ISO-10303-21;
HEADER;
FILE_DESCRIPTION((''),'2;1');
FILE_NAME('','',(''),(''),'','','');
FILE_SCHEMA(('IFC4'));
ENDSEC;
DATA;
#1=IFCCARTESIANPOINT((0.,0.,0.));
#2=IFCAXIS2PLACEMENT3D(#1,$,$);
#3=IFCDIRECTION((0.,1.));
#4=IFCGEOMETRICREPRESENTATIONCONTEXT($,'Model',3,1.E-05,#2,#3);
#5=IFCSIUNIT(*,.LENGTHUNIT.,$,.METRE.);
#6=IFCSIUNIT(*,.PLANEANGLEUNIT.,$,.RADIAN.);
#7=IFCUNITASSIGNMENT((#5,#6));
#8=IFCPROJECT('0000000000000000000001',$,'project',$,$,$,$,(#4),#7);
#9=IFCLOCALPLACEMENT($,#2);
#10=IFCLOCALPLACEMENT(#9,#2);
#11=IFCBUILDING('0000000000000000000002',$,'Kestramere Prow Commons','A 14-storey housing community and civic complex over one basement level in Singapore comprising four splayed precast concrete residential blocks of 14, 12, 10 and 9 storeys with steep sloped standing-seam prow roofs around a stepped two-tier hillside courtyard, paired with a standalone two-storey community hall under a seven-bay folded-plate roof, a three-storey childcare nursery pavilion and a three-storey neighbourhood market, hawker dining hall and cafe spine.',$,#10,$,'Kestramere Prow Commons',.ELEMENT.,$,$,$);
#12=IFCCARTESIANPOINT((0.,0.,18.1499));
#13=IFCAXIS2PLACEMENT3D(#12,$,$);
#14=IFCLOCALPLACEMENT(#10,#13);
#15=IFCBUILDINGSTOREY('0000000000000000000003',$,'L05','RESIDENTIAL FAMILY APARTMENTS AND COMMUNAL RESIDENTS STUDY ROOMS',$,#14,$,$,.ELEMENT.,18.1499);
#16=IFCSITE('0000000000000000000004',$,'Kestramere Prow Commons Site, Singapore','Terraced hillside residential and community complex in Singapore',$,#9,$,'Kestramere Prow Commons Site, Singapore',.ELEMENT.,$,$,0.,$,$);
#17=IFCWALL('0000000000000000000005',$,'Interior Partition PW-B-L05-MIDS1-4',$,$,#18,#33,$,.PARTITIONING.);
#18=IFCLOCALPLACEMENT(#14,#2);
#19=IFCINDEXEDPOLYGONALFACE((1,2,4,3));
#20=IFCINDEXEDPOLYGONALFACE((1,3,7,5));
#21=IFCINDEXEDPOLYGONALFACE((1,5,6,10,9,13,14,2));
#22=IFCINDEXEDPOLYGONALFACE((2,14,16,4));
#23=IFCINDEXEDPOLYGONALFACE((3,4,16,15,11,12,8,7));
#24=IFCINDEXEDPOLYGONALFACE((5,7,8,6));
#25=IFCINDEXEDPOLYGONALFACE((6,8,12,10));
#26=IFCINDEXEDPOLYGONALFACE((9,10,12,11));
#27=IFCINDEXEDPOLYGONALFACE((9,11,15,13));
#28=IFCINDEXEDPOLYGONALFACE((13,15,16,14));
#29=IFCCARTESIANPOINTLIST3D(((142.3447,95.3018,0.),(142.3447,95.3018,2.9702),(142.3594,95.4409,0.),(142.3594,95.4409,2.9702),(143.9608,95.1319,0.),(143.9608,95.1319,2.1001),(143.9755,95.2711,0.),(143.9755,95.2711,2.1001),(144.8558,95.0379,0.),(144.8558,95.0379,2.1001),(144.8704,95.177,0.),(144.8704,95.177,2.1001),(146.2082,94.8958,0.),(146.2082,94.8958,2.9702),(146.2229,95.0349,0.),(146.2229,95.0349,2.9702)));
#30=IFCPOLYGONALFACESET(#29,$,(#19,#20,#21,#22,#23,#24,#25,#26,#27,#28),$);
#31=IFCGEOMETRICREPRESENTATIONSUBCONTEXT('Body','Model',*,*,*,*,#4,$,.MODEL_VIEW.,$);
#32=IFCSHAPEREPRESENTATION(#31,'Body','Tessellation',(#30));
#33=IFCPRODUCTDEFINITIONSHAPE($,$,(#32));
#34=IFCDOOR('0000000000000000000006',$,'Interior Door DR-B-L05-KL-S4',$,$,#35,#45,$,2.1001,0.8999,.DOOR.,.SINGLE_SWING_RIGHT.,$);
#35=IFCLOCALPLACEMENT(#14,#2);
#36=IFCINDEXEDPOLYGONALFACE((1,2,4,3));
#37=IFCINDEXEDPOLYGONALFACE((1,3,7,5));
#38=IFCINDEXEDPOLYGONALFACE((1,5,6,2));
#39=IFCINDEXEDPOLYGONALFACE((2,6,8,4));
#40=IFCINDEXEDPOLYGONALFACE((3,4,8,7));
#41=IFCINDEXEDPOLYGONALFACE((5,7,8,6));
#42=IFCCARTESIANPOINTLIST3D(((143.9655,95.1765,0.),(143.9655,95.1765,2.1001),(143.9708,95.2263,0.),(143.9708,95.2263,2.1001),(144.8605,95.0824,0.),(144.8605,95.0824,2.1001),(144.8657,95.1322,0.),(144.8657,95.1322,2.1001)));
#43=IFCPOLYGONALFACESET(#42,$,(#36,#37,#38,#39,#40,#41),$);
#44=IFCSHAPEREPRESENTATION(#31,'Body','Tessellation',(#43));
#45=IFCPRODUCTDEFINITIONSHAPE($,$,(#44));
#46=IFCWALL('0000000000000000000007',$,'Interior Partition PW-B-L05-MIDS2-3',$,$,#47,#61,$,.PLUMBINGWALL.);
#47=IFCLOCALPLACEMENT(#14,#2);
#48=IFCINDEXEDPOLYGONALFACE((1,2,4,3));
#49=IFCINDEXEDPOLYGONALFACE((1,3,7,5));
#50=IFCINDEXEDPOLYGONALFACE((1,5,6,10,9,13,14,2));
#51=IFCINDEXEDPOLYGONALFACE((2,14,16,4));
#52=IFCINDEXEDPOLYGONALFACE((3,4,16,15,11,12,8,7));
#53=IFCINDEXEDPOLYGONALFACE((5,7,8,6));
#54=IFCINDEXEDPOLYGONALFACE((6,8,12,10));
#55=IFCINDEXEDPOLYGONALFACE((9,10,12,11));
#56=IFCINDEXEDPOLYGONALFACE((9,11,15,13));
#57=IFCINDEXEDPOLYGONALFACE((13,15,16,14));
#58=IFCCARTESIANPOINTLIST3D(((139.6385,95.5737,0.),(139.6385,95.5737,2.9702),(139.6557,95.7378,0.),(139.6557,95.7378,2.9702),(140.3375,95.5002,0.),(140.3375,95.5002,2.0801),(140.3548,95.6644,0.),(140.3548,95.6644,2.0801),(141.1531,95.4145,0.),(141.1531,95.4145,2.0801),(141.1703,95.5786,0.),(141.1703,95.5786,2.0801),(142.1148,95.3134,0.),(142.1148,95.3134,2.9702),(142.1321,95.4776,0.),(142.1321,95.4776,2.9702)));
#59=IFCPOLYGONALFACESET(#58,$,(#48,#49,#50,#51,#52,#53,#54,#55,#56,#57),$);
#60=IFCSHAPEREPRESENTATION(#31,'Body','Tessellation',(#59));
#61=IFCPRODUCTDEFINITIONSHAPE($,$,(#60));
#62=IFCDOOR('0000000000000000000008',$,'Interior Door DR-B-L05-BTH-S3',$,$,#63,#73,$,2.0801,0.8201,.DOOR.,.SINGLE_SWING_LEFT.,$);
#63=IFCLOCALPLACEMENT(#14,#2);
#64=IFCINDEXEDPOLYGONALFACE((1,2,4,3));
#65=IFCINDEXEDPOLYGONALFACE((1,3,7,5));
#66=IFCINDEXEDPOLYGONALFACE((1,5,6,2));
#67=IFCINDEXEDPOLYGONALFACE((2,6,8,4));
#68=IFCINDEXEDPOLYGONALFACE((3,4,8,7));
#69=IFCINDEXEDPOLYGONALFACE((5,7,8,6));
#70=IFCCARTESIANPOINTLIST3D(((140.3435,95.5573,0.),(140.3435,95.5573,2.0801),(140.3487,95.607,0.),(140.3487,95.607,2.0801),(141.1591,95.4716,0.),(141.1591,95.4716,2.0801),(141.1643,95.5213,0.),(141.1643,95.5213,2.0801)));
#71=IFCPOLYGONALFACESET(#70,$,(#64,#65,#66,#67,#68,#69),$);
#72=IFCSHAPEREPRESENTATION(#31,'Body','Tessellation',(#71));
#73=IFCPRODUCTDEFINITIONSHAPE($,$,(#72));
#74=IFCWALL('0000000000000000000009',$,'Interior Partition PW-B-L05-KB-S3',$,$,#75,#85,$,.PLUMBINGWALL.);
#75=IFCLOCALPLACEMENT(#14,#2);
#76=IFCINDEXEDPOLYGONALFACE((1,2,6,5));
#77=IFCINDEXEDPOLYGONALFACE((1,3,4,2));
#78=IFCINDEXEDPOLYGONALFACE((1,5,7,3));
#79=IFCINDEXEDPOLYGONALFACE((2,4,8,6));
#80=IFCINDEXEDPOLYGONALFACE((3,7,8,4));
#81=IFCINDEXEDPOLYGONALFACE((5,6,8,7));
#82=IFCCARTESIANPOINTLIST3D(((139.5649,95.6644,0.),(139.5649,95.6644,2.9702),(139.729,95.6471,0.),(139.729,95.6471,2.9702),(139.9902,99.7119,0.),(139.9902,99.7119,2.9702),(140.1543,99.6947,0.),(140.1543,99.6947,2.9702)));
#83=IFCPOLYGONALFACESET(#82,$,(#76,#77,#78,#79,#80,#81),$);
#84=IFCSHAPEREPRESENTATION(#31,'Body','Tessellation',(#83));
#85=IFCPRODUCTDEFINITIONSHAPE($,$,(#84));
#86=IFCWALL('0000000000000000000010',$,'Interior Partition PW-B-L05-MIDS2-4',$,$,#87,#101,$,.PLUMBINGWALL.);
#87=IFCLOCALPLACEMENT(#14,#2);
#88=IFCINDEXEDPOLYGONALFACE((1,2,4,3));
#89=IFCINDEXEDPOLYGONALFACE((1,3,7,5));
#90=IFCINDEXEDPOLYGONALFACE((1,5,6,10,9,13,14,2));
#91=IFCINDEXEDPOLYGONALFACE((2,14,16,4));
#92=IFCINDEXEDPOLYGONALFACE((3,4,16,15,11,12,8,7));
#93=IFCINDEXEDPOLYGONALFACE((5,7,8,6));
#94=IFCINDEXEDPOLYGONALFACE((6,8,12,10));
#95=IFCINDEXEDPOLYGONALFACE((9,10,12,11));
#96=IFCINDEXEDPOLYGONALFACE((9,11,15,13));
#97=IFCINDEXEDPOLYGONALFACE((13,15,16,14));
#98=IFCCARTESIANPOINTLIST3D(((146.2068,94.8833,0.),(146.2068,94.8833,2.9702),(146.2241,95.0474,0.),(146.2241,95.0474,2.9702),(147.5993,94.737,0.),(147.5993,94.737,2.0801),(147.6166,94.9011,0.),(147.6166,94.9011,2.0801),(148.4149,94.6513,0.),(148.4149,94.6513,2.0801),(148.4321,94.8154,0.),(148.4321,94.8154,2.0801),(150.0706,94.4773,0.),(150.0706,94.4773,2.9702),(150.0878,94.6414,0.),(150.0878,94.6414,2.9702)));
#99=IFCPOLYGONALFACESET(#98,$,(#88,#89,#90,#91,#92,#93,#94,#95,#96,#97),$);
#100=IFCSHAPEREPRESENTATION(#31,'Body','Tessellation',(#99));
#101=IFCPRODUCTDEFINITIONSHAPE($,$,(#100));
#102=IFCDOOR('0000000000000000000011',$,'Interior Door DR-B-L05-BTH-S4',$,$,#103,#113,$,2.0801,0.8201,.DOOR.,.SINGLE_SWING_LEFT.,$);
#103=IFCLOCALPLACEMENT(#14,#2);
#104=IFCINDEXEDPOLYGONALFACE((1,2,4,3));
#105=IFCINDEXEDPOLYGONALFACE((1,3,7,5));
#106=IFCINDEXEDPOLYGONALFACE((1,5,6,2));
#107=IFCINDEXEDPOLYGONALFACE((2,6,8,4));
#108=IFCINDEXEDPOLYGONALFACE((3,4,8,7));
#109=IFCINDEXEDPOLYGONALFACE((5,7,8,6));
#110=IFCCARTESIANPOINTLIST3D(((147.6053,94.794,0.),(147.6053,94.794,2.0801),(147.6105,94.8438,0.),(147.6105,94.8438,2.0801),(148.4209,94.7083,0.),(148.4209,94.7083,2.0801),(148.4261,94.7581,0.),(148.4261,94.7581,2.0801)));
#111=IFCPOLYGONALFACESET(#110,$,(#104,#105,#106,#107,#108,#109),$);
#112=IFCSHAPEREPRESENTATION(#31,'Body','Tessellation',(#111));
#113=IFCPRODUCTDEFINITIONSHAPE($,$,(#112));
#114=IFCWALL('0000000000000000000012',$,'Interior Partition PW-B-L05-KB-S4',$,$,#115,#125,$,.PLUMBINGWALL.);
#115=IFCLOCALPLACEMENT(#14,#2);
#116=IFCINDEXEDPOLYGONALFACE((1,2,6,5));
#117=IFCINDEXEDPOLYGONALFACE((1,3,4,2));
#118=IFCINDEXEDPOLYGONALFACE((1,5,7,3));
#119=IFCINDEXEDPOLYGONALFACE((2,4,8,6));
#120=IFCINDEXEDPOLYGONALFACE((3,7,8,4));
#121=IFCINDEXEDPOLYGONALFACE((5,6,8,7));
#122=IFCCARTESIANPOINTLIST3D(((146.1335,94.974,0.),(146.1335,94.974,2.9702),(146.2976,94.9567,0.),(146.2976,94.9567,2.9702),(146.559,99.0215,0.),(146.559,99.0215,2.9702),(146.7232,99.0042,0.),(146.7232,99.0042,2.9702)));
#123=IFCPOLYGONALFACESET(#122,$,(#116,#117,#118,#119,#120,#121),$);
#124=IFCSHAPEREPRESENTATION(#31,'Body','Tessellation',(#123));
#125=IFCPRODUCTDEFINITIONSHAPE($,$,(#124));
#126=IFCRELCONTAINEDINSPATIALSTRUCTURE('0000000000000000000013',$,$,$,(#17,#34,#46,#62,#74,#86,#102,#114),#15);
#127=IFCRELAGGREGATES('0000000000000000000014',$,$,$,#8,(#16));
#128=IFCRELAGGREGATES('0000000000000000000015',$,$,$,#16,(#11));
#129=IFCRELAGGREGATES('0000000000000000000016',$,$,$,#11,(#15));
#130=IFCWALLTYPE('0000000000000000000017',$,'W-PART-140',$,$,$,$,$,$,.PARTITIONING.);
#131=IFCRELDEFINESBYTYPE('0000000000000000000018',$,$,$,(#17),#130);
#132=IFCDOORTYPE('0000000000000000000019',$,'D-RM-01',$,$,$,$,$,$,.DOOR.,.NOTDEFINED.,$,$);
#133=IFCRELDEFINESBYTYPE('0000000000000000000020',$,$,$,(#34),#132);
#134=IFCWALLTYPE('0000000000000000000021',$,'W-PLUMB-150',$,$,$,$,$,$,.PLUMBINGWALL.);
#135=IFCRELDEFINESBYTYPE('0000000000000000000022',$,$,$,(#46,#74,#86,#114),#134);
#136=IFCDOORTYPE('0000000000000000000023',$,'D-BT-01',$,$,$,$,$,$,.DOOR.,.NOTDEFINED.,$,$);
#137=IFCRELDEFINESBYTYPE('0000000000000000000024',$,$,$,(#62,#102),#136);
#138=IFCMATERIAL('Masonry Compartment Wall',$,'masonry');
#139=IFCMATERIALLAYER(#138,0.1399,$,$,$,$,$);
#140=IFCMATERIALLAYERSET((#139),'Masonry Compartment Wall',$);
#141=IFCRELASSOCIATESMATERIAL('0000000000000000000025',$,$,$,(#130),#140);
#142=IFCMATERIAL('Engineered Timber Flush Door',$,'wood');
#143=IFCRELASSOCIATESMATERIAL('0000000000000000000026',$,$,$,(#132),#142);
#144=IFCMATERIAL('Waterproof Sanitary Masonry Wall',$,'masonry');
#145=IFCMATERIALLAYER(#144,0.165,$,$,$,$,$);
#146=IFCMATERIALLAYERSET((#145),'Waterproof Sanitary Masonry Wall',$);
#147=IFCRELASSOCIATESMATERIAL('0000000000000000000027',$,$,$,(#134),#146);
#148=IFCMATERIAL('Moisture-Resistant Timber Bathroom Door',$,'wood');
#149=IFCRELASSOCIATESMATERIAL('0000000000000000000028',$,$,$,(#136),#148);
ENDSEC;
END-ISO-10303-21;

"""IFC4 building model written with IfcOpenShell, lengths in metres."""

from ifc_helpers import new_model, si_unit, direction, frame, frame_2d, origin, place, context, subcontext, project, spatial, rectangle, extrude, material, layer, layer_set, type_object, element, fill, save


model = new_model("IFC4")

# Units and contexts
model_context = context("Model", 3, precision=1e-05, world=origin(), true_north=direction((0.0, 1.0)))
body_context = subcontext(model_context, "Body", "Model", "MODEL_VIEW")
ifc_project = project(units=[si_unit("LENGTHUNIT", "METRE"), si_unit("PLANEANGLEUNIT", "RADIAN")], contexts=[model_context])

# Site, building, storey
site_placement = place(None, origin())
site = spatial("IfcSite", under=ifc_project, at=site_placement, Name="Kestramere Prow Commons Site, Singapore", Description="Terraced hillside residential and community complex in Singapore", LongName="Kestramere Prow Commons Site, Singapore", CompositionType="ELEMENT", RefElevation=0.0)
building_placement = place(site_placement, origin())
building = spatial("IfcBuilding", under=site, at=building_placement, Name="Kestramere Prow Commons", Description="A 14-storey housing community and civic complex over one basement level in Singapore comprising four splayed precast concrete residential blocks of 14, 12, 10 and 9 storeys with steep sloped standing-seam prow roofs around a stepped two-tier hillside courtyard, paired with a standalone two-storey community hall under a seven-bay folded-plate roof, a three-storey childcare nursery pavilion and a three-storey neighbourhood market, hawker dining hall and cafe spine.", LongName="Kestramere Prow Commons", CompositionType="ELEMENT")
storey_placement = place(building_placement, frame((0.0, 0.0, 18.1499)))
storey = spatial("IfcBuildingStorey", under=building, at=storey_placement, Name="L05", Description="RESIDENTIAL FAMILY APARTMENTS AND COMMUNAL RESIDENTS STUDY ROOMS", CompositionType="ELEMENT", Elevation=18.1499)

# Walls, openings, doors
ifc_material_1 = material(Name="Masonry Compartment Wall", Category="masonry")
ifc_layer_1 = layer(ifc_material_1, 0.1399)
ifc_layer_set_1 = layer_set([ifc_layer_1], Name="Masonry Compartment Wall")
wall_type_1 = type_object("IfcWallType", Name="W-PART-140", PredefinedType="PARTITIONING", material=ifc_layer_set_1)
wall_1_placement = place(storey_placement, frame((142.3521, 95.3713, 0.0), z_axis=(0.0, 0.0, 1.0), x_axis=(0.994524, -0.104511, 0.0)))
wall_1 = element("IfcWall", 1, at=wall_1_placement, inside=storey, type_object=wall_type_1, Name="Interior Partition PW-B-L05-MIDS1-4", PredefinedType="PARTITIONING", context=body_context, shape_type="SweptSolid", body=[
    extrude(rectangle(XDim=3.8848, YDim=0.1399, at=frame_2d((1.9424, 0.0))), origin(), (0.0, 0.0, 1.0), 2.9702),
])
opening_1_placement = place(wall_1_placement, frame((1.625, 0.0, 0.0)))
opening_1 = element("IfcOpeningElement", 2, at=opening_1_placement, cuts=wall_1, PredefinedType="OPENING", context=body_context, shape_type="SweptSolid", body=[
    extrude(rectangle(XDim=0.8999, YDim=2.1001, at=frame_2d((0.45, 1.05))), frame((0.0, 0.085, 0.0), z_axis=(0.0, -1.0, 0.0), x_axis=(1.0, 0.0, 0.0)), (0.0, 0.0, 1.0), 0.1699),
])
ifc_material_2 = material(Name="Engineered Timber Flush Door", Category="wood")
door_type_1 = type_object("IfcDoorType", Name="D-RM-01", OperationType="NOTDEFINED", PredefinedType="DOOR", material=ifc_material_2)
door_1_placement = place(opening_1_placement, origin())
door_1 = element("IfcDoor", 3, at=door_1_placement, inside=storey, type_object=door_type_1, Name="Interior Door DR-B-L05-KL-S4", OperationType="SINGLE_SWING_RIGHT", OverallHeight=2.1001, OverallWidth=0.8999, PredefinedType="DOOR", context=body_context, shape_type="SweptSolid", body=[
    extrude(rectangle(XDim=0.8999, YDim=2.1001, at=frame_2d((0.45, 1.05))), frame((0.0, 0.0249, 0.0), z_axis=(0.0, -1.0, 0.0), x_axis=(1.0, 0.0, 0.0)), (0.0, 0.0, 1.0), 0.05),
])
fill(opening_1, door_1)
ifc_material_3 = material(Name="Waterproof Sanitary Masonry Wall", Category="masonry")
ifc_layer_2 = layer(ifc_material_3, 0.165)
ifc_layer_set_2 = layer_set([ifc_layer_2], Name="Waterproof Sanitary Masonry Wall")
wall_type_2 = type_object("IfcWallType", Name="W-PLUMB-150", PredefinedType="PLUMBINGWALL", material=ifc_layer_set_2)
wall_2_placement = place(storey_placement, frame((139.647, 95.6558, 0.0), z_axis=(0.0, 0.0, 1.0), x_axis=(0.994523, -0.104521, 0.0)))
wall_2 = element("IfcWall", 4, at=wall_2_placement, inside=storey, type_object=wall_type_2, Name="Interior Partition PW-B-L05-MIDS2-3", PredefinedType="PLUMBINGWALL", context=body_context, shape_type="SweptSolid", body=[
    extrude(rectangle(XDim=2.49, YDim=0.165, at=frame_2d((1.2451, 0.0))), origin(), (0.0, 0.0, 1.0), 2.9702),
])
opening_2_placement = place(wall_2_placement, frame((0.7029, 0.0, 0.0)))
opening_2 = element("IfcOpeningElement", 5, at=opening_2_placement, cuts=wall_2, PredefinedType="OPENING", context=body_context, shape_type="SweptSolid", body=[
    extrude(rectangle(XDim=0.8201, YDim=2.0801, at=frame_2d((0.4102, 1.04))), frame((0.0, 0.0974, 0.0), z_axis=(0.0, -1.0, 0.0), x_axis=(1.0, 0.0, 0.0)), (0.0, 0.0, 1.0), 0.1951),
])
ifc_material_4 = material(Name="Moisture-Resistant Timber Bathroom Door", Category="wood")
door_type_2 = type_object("IfcDoorType", Name="D-BT-01", OperationType="NOTDEFINED", PredefinedType="DOOR", material=ifc_material_4)
door_2_placement = place(opening_2_placement, origin())
door_2 = element("IfcDoor", 6, at=door_2_placement, inside=storey, type_object=door_type_2, Name="Interior Door DR-B-L05-BTH-S3", OperationType="SINGLE_SWING_LEFT", OverallHeight=2.0801, OverallWidth=0.8201, PredefinedType="DOOR", context=body_context, shape_type="SweptSolid", body=[
    extrude(rectangle(XDim=0.8201, YDim=2.0801, at=frame_2d((0.4102, 1.04))), frame((0.0, 0.0249, 0.0), z_axis=(0.0, -1.0, 0.0), x_axis=(1.0, 0.0, 0.0)), (0.0, 0.0, 1.0), 0.05),
])
fill(opening_2, door_2)

# Wall
wall_3_placement = place(storey_placement, frame((139.647, 95.6558, 0.0), z_axis=(0.0, 0.0, 1.0), x_axis=(0.104497, 0.994525, 0.0)))
element("IfcWall", 7, at=wall_3_placement, inside=storey, type_object=wall_type_2, Name="Interior Partition PW-B-L05-KB-S3", PredefinedType="PLUMBINGWALL", context=body_context, shape_type="SweptSolid", body=[
    extrude(rectangle(XDim=4.0698, YDim=0.165, at=frame_2d((2.0349, 0.0))), origin(), (0.0, 0.0, 1.0), 2.9702),
])

# Wall, opening, door
wall_4_placement = place(storey_placement, frame((146.2156, 94.9653, 0.0), z_axis=(0.0, 0.0, 1.0), x_axis=(0.994524, -0.104505, 0.0)))
wall_4 = element("IfcWall", 8, at=wall_4_placement, inside=storey, type_object=wall_type_2, Name="Interior Partition PW-B-L05-MIDS2-4", PredefinedType="PLUMBINGWALL", context=body_context, shape_type="SweptSolid", body=[
    extrude(rectangle(XDim=3.885, YDim=0.165, at=frame_2d((1.9424, 0.0))), origin(), (0.0, 0.0, 1.0), 2.9702),
])
opening_3_placement = place(wall_4_placement, frame((1.3999, 0.0, 0.0)))
opening_3 = element("IfcOpeningElement", 9, at=opening_3_placement, cuts=wall_4, PredefinedType="OPENING", context=body_context, shape_type="SweptSolid", body=[
    extrude(rectangle(XDim=0.8201, YDim=2.0801, at=frame_2d((0.4102, 1.04))), frame((0.0, 0.0974, 0.0), z_axis=(0.0, -1.0, 0.0), x_axis=(1.0, 0.0, 0.0)), (0.0, 0.0, 1.0), 0.1951),
])
door_3_placement = place(opening_3_placement, origin())
door_3 = element("IfcDoor", 10, at=door_3_placement, inside=storey, type_object=door_type_2, Name="Interior Door DR-B-L05-BTH-S4", OperationType="SINGLE_SWING_LEFT", OverallHeight=2.0801, OverallWidth=0.8201, PredefinedType="DOOR", context=body_context, shape_type="SweptSolid", body=[
    extrude(rectangle(XDim=0.8201, YDim=2.0801, at=frame_2d((0.4102, 1.04))), frame((0.0, 0.0249, 0.0), z_axis=(0.0, -1.0, 0.0), x_axis=(1.0, 0.0, 0.0)), (0.0, 0.0, 1.0), 0.05),
])
fill(opening_3, door_3)

# Wall
wall_5_placement = place(storey_placement, frame((146.2156, 94.9653, 0.0), z_axis=(0.0, 0.0, 1.0), x_axis=(0.104557, 0.994519, 0.0)))
element("IfcWall", 11, at=wall_5_placement, inside=storey, type_object=wall_type_2, Name="Interior Partition PW-B-L05-KB-S4", PredefinedType="PLUMBINGWALL", context=body_context, shape_type="SweptSolid", body=[
    extrude(rectangle(XDim=4.0698, YDim=0.165, at=frame_2d((2.0349, 0.0))), origin(), (0.0, 0.0, 1.0), 2.9702),
])

save(model, "model.ifc")
